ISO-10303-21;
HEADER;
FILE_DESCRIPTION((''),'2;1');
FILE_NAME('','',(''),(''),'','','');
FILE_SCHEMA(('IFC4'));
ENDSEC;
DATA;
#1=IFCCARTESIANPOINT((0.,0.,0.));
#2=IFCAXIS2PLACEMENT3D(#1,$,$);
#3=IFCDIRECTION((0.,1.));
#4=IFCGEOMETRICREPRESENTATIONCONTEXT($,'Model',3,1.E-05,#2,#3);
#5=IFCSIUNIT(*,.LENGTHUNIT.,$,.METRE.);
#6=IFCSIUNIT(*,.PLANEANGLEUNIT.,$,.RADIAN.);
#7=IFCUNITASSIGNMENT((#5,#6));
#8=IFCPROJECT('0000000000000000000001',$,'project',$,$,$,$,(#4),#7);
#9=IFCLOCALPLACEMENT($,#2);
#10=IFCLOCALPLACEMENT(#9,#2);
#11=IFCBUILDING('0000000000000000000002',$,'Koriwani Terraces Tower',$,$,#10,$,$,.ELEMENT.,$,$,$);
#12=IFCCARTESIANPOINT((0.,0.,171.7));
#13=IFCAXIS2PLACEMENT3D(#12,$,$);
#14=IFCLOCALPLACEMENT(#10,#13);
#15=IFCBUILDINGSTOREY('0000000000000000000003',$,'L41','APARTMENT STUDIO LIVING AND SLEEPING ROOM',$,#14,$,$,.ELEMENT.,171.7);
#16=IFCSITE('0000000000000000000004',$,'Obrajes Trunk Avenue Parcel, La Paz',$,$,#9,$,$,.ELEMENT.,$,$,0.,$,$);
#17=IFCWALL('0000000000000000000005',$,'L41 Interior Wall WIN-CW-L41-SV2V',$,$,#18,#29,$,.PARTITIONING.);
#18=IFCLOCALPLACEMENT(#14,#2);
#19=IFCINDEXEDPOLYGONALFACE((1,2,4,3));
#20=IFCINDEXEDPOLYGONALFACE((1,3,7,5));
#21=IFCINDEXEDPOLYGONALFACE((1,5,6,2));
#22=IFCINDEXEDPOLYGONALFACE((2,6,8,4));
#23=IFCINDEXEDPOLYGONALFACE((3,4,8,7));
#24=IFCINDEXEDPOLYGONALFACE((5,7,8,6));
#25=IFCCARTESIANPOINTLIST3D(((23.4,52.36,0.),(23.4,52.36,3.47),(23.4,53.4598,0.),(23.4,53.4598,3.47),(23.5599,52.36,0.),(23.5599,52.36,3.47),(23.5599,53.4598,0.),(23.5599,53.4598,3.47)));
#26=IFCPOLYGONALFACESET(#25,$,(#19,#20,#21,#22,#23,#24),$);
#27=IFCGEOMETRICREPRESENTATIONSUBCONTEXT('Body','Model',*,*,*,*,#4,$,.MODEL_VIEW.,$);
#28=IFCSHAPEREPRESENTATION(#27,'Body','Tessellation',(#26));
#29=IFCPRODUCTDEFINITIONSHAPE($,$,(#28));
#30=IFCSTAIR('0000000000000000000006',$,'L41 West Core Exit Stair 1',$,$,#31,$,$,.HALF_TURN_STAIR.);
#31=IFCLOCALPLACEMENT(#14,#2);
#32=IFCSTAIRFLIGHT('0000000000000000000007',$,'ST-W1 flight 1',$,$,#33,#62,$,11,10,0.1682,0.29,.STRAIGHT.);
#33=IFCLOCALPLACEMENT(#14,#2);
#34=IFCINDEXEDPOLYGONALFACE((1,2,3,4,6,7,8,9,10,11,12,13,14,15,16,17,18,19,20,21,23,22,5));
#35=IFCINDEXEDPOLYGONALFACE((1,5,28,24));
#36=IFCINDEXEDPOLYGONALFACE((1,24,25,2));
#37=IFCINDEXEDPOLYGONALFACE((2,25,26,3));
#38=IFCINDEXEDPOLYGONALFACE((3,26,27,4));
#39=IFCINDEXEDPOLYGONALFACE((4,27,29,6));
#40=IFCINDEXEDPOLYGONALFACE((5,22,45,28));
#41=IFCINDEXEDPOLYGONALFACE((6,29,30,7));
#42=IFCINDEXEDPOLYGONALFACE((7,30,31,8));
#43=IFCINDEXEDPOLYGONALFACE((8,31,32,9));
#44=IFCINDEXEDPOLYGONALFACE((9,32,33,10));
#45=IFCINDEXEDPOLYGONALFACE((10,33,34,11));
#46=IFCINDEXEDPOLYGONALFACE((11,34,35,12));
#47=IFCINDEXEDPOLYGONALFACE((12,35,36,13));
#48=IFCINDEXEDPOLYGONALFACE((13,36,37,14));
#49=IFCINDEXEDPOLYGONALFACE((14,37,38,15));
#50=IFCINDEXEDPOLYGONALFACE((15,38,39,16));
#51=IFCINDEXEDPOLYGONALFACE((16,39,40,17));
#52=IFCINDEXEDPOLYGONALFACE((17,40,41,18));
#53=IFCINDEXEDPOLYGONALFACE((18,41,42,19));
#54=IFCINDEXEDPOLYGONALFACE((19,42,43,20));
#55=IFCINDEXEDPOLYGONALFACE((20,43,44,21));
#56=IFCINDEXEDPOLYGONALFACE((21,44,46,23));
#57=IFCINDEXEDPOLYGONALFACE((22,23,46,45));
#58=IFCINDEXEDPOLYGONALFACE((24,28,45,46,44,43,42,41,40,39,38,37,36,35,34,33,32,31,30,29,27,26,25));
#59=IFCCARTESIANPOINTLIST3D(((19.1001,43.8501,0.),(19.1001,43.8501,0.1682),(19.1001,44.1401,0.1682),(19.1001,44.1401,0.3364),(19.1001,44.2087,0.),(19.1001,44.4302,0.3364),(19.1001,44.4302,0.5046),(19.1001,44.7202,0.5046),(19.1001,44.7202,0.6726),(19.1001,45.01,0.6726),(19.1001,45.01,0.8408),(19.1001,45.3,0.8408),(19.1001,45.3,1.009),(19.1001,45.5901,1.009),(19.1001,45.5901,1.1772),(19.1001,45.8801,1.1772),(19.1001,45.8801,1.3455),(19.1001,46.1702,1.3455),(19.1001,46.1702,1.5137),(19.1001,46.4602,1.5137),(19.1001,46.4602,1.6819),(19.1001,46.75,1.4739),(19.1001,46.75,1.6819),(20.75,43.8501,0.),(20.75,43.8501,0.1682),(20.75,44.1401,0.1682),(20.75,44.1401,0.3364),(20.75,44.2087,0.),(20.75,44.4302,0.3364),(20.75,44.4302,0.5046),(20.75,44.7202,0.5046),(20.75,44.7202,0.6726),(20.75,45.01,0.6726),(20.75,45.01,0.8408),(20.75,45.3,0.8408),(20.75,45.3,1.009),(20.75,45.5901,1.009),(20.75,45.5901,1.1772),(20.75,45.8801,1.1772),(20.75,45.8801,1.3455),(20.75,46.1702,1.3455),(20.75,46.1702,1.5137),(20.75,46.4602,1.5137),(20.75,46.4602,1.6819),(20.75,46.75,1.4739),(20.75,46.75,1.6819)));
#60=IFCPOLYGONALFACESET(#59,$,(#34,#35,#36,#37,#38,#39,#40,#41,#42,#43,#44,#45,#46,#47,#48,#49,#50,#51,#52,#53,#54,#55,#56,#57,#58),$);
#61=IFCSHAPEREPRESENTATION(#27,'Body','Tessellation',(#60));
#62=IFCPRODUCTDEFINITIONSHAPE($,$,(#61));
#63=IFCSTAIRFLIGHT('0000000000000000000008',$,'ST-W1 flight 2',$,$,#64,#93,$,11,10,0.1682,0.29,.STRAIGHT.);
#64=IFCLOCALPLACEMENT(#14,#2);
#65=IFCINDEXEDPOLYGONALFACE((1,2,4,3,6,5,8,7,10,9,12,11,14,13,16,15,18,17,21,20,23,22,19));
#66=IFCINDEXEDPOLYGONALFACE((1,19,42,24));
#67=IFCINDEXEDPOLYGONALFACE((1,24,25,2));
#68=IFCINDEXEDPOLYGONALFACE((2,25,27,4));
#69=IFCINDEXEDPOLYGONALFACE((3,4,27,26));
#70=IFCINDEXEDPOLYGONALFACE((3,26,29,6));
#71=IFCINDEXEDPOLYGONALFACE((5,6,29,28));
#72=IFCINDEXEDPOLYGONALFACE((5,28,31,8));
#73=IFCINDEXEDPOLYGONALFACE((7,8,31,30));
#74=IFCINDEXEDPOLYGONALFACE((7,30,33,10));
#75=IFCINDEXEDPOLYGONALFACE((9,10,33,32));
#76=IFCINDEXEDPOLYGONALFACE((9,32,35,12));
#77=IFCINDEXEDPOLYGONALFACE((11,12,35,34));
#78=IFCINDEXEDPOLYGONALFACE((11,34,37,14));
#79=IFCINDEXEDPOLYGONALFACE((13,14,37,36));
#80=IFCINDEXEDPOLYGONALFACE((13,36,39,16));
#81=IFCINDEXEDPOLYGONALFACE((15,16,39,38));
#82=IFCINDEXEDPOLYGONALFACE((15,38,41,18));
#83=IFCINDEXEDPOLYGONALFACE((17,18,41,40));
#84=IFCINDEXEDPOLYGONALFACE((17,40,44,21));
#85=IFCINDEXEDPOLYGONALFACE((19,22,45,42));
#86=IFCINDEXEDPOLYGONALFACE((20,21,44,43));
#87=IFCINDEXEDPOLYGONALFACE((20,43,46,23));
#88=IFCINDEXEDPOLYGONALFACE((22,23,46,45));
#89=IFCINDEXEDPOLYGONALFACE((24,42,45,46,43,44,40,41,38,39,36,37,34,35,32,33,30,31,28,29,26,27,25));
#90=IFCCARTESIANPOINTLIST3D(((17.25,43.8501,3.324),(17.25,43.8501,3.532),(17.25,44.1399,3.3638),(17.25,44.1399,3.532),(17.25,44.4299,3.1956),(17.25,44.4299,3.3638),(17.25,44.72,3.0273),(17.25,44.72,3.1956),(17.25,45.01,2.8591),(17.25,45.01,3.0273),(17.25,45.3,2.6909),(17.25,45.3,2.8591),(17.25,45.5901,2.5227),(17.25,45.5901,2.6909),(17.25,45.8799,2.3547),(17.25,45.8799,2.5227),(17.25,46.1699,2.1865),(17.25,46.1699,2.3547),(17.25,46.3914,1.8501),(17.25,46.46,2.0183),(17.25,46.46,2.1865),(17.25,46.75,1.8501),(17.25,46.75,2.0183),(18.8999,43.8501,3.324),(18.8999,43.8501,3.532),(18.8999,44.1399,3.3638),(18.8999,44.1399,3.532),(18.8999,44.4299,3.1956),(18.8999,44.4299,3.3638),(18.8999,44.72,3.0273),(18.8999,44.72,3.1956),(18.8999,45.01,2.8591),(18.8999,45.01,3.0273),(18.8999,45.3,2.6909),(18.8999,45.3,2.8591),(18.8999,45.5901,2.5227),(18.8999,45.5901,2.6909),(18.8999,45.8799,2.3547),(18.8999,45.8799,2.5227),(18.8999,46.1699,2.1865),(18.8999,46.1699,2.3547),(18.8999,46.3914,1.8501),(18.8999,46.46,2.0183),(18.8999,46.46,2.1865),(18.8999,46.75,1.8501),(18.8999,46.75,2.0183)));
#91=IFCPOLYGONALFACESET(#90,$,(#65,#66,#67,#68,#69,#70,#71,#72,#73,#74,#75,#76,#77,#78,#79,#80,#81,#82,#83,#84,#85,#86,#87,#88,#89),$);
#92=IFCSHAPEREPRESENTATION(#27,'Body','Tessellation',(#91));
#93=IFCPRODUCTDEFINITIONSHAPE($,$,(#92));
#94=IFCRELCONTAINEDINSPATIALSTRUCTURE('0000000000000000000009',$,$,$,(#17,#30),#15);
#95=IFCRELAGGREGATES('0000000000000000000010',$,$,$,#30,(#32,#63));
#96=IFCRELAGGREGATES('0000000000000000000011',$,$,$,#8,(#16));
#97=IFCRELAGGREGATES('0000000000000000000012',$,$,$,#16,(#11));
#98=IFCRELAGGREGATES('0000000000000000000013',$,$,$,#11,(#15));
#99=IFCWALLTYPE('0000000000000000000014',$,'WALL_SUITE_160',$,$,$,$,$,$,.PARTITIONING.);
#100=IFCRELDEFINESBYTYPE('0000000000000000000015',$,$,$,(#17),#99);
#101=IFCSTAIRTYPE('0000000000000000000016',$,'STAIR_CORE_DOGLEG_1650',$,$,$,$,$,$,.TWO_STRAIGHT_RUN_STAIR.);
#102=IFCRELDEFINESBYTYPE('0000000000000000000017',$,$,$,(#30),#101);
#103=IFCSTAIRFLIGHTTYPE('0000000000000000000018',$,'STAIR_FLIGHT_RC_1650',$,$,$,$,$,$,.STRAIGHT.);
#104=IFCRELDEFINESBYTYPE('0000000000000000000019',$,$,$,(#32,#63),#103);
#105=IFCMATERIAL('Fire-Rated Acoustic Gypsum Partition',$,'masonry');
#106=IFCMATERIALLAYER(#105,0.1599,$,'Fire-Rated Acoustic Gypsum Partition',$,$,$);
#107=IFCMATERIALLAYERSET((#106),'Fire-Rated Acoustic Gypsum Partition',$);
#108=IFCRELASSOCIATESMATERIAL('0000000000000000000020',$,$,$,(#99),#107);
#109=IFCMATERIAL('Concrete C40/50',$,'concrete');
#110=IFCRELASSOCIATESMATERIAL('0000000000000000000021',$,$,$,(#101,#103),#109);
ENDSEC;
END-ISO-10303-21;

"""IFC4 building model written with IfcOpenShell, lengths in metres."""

from ifc_helpers import new_model, si_unit, direction, frame, frame_2d, origin, place, context, subcontext, project, spatial, polyline, rectangle, outline, extrude, material, layer, layer_set, type_object, element, aggregate, save


model = new_model("IFC4")

# Units and contexts
model_context = context("Model", 3, precision=1e-05, world=origin(), true_north=direction((0.0, 1.0)))
body_context = subcontext(model_context, "Body", "Model", "MODEL_VIEW")
ifc_project = project(units=[si_unit("LENGTHUNIT", "METRE"), si_unit("PLANEANGLEUNIT", "RADIAN")], contexts=[model_context])

# Site, building, storey
site_placement = place(None, origin())
site = spatial("IfcSite", under=ifc_project, at=site_placement, Name="Obrajes Trunk Avenue Parcel, La Paz", CompositionType="ELEMENT", RefElevation=0.0)
building_placement = place(site_placement, origin())
building = spatial("IfcBuilding", under=site, at=building_placement, Name="Koriwani Terraces Tower", CompositionType="ELEMENT")
storey_placement = place(building_placement, frame((0.0, 0.0, 171.7)))
storey = spatial("IfcBuildingStorey", under=building, at=storey_placement, Name="L41", Description="APARTMENT STUDIO LIVING AND SLEEPING ROOM", CompositionType="ELEMENT", Elevation=171.7)

# Shared definitions
ifc_material_1 = material(Name="Concrete C40/50", Category="concrete")

# Shared definitions
ifc_material_2 = material(Name="Fire-Rated Acoustic Gypsum Partition", Category="masonry")
ifc_layer_1 = layer(ifc_material_2, 0.1599, Name="Fire-Rated Acoustic Gypsum Partition")
ifc_layer_set_1 = layer_set([ifc_layer_1], Name="Fire-Rated Acoustic Gypsum Partition")
wall_type_1 = type_object("IfcWallType", Name="WALL_SUITE_160", PredefinedType="PARTITIONING", material=ifc_layer_set_1)

# Wall
wall_1_placement = place(storey_placement, frame((23.48, 52.3601, 0.0), z_axis=(0.0, 0.0, 1.0), x_axis=(0.0, 1.0, 0.0)))
element("IfcWall", 1, at=wall_1_placement, inside=storey, type_object=wall_type_1, Name="L41 Interior Wall WIN-CW-L41-SV2V", PredefinedType="PARTITIONING", context=body_context, shape_type="SweptSolid", body=[
    extrude(rectangle(XDim=1.0999, YDim=0.1599, at=frame_2d((0.5498, 0.0))), origin(), (0.0, 0.0, 1.0), 3.47),
])

# Stair, stair flights
stair_type = type_object("IfcStairType", Name="STAIR_CORE_DOGLEG_1650", PredefinedType="TWO_STRAIGHT_RUN_STAIR", material=ifc_material_1)
stair_placement = place(storey_placement, origin())
stair = element("IfcStair", 2, at=stair_placement, inside=storey, type_object=stair_type, Name="L41 West Core Exit Stair 1", PredefinedType="HALF_TURN_STAIR")
stair_flight_type = type_object("IfcStairFlightType", Name="STAIR_FLIGHT_RC_1650", PredefinedType="STRAIGHT", material=ifc_material_1)
stair_flight_1_placement = place(storey_placement, frame((19.925, 43.8501, 0.0), z_axis=(0.0, 0.0, 1.0), x_axis=(0.0, 1.0, 0.0)))
stair_flight_1 = element("IfcStairFlight", 3, at=stair_flight_1_placement, type_object=stair_flight_type, Name="ST-W1 flight 1", NumberOfRisers=11, NumberOfTreads=10, PredefinedType="STRAIGHT", RiserHeight=0.1682, TreadLength=0.29, context=body_context, shape_type="SweptSolid", body=[
    extrude(outline(polyline([(0.0, 0.0), (0.0, 0.1682), (0.29, 0.1682), (0.29, 0.3364), (0.5801, 0.3364), (0.5801, 0.5046), (0.8701, 0.5046), (0.8701, 0.6726), (1.1599, 0.6726), (1.1599, 0.8408), (1.45, 0.8408), (1.45, 1.009), (1.74, 1.009), (1.74, 1.1772), (2.03, 1.1772), (2.03, 1.3455), (2.3201, 1.3455), (2.3201, 1.5137), (2.6101, 1.5137), (2.6101, 1.6819), (2.8999, 1.6819), (2.8999, 1.8501), (2.8999, 1.4739), (0.3586, 0.0), (0.0, 0.0)])), frame((0.0, 0.825, 0.0), z_axis=(0.0, -1.0, 0.0), x_axis=(1.0, 0.0, 0.0)), (0.0, 0.0, 1.0), 1.6499),
])
stair_flight_2_placement = place(storey_placement, frame((18.075, 46.75, 1.8501), z_axis=(0.0, 0.0, 1.0), x_axis=(0.0, -1.0, 0.0)))
stair_flight_2 = element("IfcStairFlight", 4, at=stair_flight_2_placement, type_object=stair_flight_type, Name="ST-W1 flight 2", NumberOfRisers=11, NumberOfTreads=10, PredefinedType="STRAIGHT", RiserHeight=0.1682, TreadLength=0.29, context=body_context, shape_type="SweptSolid", body=[
    extrude(outline(polyline([(0.0, 0.0), (0.0, 0.1682), (0.29, 0.1682), (0.29, 0.3364), (0.5801, 0.3364), (0.5801, 0.5046), (0.8701, 0.5046), (0.8701, 0.6726), (1.1599, 0.6726), (1.1599, 0.8408), (1.45, 0.8408), (1.45, 1.009), (1.74, 1.009), (1.74, 1.1772), (2.03, 1.1772), (2.03, 1.3455), (2.3201, 1.3455), (2.3201, 1.5137), (2.6101, 1.5137), (2.6101, 1.6819), (2.8999, 1.6819), (2.8999, 1.8501), (2.8999, 1.4739), (0.3586, 0.0), (0.0, 0.0)])), frame((0.0, 0.825, 0.0), z_axis=(0.0, -1.0, 0.0), x_axis=(1.0, 0.0, 0.0)), (0.0, 0.0, 1.0), 1.6499),
])
aggregate(stair, [stair_flight_1, stair_flight_2])

save(model, "model.ifc")
